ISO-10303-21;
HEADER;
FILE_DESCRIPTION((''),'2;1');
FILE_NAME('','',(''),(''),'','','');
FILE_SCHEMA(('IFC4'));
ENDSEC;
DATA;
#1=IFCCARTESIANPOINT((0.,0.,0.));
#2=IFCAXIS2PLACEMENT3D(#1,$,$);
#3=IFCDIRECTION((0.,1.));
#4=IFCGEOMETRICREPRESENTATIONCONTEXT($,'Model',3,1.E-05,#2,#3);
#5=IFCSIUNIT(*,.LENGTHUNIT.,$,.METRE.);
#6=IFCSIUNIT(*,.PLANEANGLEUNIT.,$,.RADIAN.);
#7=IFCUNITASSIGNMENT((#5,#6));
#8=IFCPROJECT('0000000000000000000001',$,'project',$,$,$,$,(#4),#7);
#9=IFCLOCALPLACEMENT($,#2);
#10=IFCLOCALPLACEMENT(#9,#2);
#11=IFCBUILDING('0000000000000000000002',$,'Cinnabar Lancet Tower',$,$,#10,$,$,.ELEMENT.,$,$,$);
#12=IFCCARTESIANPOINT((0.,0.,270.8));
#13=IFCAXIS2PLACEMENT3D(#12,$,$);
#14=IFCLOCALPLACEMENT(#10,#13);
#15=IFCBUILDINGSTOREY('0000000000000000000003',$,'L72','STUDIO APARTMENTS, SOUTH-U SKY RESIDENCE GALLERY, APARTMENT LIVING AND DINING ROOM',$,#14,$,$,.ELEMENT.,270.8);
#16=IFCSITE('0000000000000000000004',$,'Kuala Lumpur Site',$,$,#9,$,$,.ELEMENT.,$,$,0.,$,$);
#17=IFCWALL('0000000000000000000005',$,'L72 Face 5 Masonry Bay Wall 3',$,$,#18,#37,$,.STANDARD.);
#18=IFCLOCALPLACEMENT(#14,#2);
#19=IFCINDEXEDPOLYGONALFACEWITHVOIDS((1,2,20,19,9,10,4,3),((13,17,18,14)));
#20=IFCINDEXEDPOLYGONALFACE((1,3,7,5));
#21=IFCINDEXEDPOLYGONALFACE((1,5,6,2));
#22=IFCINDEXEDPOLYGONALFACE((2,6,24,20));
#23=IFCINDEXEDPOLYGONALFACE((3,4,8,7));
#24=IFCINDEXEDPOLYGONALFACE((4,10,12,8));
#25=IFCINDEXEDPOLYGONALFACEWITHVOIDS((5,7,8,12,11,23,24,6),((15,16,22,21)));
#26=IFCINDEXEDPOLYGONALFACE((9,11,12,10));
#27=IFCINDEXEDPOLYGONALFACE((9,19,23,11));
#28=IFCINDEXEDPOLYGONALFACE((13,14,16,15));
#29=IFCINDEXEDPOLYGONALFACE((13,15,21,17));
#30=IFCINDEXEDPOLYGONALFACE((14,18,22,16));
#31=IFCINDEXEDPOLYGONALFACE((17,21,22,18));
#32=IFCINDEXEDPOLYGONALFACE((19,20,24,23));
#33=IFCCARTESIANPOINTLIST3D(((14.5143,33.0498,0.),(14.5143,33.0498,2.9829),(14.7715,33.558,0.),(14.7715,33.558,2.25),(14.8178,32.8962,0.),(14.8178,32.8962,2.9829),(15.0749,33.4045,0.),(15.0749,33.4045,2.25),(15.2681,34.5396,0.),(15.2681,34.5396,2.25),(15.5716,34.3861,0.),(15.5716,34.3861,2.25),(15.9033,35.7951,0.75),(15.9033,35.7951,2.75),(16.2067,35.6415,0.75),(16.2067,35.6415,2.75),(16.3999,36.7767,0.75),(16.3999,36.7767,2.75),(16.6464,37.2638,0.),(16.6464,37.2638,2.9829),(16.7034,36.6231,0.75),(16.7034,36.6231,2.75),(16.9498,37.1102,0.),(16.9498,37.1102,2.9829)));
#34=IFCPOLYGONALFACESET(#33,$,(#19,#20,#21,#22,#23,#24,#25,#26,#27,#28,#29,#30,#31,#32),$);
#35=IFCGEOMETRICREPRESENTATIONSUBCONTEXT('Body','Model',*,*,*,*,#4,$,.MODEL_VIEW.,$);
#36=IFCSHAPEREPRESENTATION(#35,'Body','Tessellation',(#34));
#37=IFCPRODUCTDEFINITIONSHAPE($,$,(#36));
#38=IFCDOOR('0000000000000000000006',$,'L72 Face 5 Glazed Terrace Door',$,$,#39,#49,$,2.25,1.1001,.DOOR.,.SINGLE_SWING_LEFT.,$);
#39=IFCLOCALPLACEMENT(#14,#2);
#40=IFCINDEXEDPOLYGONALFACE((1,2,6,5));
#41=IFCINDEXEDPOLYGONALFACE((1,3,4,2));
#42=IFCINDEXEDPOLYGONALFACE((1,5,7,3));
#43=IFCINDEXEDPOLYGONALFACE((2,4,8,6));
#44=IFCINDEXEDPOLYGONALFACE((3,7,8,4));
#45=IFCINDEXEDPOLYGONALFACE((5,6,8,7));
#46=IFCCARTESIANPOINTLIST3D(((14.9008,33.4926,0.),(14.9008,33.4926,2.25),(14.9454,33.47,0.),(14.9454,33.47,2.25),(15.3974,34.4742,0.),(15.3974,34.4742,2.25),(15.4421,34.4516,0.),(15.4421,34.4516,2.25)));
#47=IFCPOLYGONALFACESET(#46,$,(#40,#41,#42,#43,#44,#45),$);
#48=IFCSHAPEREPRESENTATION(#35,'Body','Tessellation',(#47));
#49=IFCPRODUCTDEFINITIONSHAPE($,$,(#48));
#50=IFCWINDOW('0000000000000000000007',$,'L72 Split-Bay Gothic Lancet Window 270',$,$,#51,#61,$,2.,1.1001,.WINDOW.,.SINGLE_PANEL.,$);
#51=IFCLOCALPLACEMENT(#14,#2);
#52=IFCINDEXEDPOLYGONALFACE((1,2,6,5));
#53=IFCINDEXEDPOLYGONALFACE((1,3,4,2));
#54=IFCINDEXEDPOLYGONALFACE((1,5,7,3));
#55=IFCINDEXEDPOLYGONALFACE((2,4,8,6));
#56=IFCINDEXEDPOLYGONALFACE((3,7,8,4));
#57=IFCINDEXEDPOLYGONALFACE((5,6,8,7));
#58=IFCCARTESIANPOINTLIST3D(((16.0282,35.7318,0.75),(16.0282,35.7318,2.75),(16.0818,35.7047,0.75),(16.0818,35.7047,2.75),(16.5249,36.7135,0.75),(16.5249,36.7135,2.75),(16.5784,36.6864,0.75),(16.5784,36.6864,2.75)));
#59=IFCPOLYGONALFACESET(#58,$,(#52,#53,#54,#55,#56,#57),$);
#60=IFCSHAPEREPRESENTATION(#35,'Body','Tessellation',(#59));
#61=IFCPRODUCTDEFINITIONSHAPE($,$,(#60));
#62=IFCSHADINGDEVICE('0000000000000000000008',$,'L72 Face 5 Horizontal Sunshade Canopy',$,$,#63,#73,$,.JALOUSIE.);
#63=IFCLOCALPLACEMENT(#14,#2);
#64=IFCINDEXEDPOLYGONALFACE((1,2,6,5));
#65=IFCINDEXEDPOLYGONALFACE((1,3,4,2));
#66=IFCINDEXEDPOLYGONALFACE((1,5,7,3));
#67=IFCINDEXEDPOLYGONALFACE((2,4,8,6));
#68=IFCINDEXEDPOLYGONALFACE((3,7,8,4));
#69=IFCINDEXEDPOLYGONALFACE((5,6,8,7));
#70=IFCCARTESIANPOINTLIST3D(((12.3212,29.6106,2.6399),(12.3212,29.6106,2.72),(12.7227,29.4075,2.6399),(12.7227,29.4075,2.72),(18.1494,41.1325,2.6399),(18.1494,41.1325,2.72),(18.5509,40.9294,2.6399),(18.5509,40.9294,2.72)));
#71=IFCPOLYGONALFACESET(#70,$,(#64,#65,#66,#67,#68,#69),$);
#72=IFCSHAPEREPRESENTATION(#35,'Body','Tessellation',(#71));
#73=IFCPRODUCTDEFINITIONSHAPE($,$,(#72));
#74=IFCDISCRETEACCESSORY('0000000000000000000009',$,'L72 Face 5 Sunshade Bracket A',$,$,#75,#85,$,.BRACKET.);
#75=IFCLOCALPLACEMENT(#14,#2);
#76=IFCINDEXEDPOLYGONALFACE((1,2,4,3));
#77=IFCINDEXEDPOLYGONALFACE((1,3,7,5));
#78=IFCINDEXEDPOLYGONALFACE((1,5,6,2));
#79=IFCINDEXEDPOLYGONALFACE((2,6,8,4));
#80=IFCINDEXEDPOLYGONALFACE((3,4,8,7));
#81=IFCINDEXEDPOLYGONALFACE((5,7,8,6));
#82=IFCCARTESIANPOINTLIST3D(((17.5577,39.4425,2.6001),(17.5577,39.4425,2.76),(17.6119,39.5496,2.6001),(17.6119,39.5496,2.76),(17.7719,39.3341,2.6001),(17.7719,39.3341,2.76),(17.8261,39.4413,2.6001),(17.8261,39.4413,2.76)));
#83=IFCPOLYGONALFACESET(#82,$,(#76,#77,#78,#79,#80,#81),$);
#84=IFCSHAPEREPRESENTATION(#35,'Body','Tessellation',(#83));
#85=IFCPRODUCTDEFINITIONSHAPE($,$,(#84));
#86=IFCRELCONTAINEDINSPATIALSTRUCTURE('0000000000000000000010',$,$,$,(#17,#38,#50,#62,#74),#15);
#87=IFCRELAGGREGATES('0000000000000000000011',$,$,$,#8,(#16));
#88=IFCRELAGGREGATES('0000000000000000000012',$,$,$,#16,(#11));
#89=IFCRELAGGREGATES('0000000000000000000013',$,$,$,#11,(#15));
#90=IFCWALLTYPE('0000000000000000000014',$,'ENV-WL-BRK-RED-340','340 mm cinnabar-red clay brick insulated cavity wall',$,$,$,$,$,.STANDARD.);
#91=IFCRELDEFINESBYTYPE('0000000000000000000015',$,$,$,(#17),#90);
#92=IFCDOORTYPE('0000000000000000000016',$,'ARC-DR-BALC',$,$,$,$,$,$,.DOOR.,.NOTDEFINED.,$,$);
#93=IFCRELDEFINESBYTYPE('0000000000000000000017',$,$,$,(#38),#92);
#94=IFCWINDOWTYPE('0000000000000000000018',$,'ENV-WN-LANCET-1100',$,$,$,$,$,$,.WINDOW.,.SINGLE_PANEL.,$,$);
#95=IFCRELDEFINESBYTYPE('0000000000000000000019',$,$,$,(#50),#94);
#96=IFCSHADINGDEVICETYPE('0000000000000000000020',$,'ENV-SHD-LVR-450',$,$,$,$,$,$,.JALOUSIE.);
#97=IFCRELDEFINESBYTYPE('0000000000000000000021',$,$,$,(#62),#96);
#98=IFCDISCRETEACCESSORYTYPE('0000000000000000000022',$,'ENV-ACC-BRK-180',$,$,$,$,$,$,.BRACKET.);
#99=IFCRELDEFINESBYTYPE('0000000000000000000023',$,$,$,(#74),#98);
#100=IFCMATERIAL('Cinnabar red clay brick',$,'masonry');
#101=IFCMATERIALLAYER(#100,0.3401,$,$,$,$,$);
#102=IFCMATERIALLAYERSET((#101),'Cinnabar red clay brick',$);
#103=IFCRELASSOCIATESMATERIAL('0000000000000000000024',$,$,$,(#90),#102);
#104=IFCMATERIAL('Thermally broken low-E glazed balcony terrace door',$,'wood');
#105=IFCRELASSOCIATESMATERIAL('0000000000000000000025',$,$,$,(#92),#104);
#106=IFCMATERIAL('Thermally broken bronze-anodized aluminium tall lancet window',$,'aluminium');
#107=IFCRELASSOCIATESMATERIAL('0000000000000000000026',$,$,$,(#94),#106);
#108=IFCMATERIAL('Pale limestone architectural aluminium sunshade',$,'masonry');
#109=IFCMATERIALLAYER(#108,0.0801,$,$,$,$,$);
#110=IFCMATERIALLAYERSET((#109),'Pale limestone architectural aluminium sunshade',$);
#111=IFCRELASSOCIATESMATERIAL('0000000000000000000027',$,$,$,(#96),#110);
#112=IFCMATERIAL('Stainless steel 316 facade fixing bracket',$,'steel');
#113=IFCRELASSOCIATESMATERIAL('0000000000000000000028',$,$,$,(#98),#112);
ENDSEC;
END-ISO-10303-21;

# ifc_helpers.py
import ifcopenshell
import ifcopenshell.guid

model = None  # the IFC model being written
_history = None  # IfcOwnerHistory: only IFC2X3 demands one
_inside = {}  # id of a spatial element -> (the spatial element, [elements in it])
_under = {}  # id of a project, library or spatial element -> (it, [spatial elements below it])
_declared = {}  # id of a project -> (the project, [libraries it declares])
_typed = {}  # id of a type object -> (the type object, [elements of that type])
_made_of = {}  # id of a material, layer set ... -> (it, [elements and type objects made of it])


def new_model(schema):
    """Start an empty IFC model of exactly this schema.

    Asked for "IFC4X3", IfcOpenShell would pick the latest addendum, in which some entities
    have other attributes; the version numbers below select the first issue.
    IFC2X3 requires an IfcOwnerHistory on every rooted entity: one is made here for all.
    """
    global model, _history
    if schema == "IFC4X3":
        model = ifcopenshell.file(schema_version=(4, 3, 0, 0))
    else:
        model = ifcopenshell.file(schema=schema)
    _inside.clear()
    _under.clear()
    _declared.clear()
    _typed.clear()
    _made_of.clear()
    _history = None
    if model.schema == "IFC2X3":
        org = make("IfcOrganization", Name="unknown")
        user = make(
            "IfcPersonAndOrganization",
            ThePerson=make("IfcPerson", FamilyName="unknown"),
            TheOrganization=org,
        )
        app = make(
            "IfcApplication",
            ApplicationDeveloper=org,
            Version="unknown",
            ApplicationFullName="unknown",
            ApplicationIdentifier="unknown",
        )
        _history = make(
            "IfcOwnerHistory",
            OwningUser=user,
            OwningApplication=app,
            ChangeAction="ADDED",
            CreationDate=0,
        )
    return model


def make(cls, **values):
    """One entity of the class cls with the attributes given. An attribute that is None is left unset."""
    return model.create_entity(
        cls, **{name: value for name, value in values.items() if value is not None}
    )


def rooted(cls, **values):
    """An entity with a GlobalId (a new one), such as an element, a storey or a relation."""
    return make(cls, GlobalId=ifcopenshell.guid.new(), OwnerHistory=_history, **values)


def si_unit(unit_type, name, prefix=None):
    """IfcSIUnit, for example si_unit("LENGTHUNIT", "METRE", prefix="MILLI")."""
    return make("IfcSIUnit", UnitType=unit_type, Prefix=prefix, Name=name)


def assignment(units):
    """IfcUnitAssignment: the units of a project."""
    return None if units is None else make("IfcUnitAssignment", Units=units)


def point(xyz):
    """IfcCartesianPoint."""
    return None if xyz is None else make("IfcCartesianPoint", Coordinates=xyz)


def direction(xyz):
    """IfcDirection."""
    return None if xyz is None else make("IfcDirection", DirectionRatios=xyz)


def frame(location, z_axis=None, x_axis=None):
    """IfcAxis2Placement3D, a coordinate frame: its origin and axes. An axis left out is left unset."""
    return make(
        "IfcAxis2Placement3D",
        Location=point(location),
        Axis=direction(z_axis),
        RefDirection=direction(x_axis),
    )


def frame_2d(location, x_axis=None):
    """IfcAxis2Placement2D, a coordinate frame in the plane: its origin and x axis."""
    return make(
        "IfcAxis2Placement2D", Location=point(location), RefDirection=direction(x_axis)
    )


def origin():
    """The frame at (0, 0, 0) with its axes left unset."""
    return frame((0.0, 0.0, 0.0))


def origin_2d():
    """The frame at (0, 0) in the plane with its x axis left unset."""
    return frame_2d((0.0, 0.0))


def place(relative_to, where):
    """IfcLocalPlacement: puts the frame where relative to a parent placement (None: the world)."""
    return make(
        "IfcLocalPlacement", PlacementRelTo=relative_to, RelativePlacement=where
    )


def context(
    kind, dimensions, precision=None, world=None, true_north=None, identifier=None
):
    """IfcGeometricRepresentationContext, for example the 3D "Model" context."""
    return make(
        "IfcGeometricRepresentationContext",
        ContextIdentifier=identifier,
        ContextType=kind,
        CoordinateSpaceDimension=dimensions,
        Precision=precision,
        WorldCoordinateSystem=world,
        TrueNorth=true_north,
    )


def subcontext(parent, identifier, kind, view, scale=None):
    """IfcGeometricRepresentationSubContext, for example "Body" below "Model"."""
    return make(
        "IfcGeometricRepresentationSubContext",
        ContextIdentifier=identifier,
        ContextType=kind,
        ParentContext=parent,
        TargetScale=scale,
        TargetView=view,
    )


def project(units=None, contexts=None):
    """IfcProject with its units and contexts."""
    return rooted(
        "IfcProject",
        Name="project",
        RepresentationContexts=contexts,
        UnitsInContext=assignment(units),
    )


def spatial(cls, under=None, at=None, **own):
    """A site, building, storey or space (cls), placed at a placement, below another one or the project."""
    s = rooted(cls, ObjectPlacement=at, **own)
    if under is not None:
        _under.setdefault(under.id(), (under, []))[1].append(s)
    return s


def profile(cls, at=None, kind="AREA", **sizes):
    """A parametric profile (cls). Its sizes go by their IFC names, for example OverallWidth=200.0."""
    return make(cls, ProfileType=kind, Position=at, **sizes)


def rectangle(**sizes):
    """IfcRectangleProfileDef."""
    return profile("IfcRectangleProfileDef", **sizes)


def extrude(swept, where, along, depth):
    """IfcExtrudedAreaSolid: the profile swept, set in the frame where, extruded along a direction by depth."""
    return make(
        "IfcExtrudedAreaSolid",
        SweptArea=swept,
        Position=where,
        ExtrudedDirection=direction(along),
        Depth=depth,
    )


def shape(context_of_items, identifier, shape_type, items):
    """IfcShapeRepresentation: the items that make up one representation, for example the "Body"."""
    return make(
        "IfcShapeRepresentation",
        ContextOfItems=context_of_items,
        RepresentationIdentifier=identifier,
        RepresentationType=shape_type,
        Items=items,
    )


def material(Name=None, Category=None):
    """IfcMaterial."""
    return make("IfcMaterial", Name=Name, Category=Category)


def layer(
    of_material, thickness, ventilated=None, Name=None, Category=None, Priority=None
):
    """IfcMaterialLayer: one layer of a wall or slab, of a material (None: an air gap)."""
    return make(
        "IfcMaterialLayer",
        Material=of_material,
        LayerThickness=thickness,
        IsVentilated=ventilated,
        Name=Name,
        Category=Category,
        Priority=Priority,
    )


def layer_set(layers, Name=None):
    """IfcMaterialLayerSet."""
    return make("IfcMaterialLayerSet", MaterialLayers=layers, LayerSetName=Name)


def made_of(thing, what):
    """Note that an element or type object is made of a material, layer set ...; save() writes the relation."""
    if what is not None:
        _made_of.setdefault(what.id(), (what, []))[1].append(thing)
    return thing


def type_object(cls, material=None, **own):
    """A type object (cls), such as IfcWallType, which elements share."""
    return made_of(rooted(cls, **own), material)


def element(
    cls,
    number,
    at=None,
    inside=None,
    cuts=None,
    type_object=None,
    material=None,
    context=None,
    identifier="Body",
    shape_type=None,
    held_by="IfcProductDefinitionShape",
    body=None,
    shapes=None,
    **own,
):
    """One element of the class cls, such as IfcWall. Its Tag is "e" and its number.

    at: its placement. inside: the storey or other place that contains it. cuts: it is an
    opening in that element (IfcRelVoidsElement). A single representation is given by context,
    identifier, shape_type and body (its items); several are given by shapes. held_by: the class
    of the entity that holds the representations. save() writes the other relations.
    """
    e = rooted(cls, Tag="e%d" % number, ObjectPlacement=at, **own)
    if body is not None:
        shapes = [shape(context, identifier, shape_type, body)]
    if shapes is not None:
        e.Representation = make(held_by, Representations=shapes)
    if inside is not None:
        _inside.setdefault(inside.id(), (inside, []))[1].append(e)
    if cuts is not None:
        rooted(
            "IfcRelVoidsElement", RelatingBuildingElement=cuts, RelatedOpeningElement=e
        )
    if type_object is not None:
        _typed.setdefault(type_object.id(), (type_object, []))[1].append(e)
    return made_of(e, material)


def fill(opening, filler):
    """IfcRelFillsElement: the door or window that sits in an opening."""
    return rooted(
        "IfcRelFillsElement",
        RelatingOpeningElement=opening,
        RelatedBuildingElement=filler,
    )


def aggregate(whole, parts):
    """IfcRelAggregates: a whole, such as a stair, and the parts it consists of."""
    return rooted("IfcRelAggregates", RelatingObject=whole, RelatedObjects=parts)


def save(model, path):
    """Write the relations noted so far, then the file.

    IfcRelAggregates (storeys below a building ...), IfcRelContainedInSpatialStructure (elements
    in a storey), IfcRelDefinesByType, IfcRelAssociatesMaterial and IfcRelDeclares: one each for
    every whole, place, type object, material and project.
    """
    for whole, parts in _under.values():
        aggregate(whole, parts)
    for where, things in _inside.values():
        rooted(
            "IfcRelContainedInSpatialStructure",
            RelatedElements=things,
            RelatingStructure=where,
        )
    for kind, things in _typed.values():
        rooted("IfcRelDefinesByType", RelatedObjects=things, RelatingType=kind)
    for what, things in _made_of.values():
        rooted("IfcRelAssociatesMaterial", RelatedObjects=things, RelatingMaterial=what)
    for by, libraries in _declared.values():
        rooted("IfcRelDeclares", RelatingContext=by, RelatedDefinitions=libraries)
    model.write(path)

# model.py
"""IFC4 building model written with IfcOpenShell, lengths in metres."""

from ifc_helpers import new_model, si_unit, direction, frame, frame_2d, origin, origin_2d, place, context, subcontext, project, spatial, rectangle, extrude, material, layer, layer_set, type_object, element, fill, save


model = new_model("IFC4")

# Units and contexts
model_context = context("Model", 3, precision=1e-05, world=origin(), true_north=direction((0.0, 1.0)))
body_context = subcontext(model_context, "Body", "Model", "MODEL_VIEW")
ifc_project = project(units=[si_unit("LENGTHUNIT", "METRE"), si_unit("PLANEANGLEUNIT", "RADIAN")], contexts=[model_context])

# Site, building, storey
site_placement = place(None, origin())
site = spatial("IfcSite", under=ifc_project, at=site_placement, Name="Kuala Lumpur Site", CompositionType="ELEMENT", RefElevation=0.0)
building_placement = place(site_placement, origin())
building = spatial("IfcBuilding", under=site, at=building_placement, Name="Cinnabar Lancet Tower", CompositionType="ELEMENT")
storey_placement = place(building_placement, frame((0.0, 0.0, 270.8)))
storey = spatial("IfcBuildingStorey", under=building, at=storey_placement, Name="L72", Description="STUDIO APARTMENTS, SOUTH-U SKY RESIDENCE GALLERY, APARTMENT LIVING AND DINING ROOM", CompositionType="ELEMENT", Elevation=270.8)

# Shared definitions
ifc_material_1 = material(Name="Cinnabar red clay brick", Category="masonry")
ifc_layer_1 = layer(ifc_material_1, 0.3401)
ifc_layer_set_1 = layer_set([ifc_layer_1], Name="Cinnabar red clay brick")
wall_type_1 = type_object("IfcWallType", Name="ENV-WL-BRK-RED-340", Description="340 mm cinnabar-red clay brick insulated cavity wall", PredefinedType="STANDARD", material=ifc_layer_set_1)

# Wall, openings, door, window
wall_1_placement = place(storey_placement, frame((16.7981, 37.187, 0.0), z_axis=(0.0, 0.0, 1.0), x_axis=(-0.451448, -0.892298, 0.0)))
wall_1 = element("IfcWall", 1, at=wall_1_placement, inside=storey, type_object=wall_type_1, Name="L72 Face 5 Masonry Bay Wall 3", PredefinedType="STANDARD", context=body_context, shape_type="SweptSolid", body=[
    extrude(rectangle(XDim=4.7227, YDim=0.3401, at=frame_2d((2.3613, 0.0))), origin(), (0.0, 0.0, 1.0), 2.9829),
])
opening_1_placement = place(wall_1_placement, frame((3.053, 0.0, 0.0)))
opening_1 = element("IfcOpeningElement", 2, at=opening_1_placement, cuts=wall_1, PredefinedType="OPENING", context=body_context, shape_type="SweptSolid", body=[
    extrude(rectangle(XDim=1.1001, YDim=2.25, at=frame_2d((0.55, 1.125))), frame((0.0, 0.1799, 0.0), z_axis=(0.0, -1.0, 0.0), x_axis=(1.0, 0.0, 0.0)), (0.0, 0.0, 1.0), 0.3601),
])
opening_2_placement = place(wall_1_placement, frame((0.5459, 0.0, 0.75)))
opening_2 = element("IfcOpeningElement", 3, at=opening_2_placement, cuts=wall_1, PredefinedType="OPENING", context=body_context, shape_type="SweptSolid", body=[
    extrude(rectangle(XDim=1.1001, YDim=2.0, at=frame_2d((0.55, 1.0))), frame((0.0, 0.1799, 0.0), z_axis=(0.0, -1.0, 0.0), x_axis=(1.0, 0.0, 0.0)), (0.0, 0.0, 1.0), 0.3601),
])
ifc_material_2 = material(Name="Thermally broken low-E glazed balcony terrace door", Category="wood")
door_type_1 = type_object("IfcDoorType", Name="ARC-DR-BALC", OperationType="NOTDEFINED", PredefinedType="DOOR", material=ifc_material_2)
door_1_placement = place(opening_1_placement, origin())
door_1 = element("IfcDoor", 4, at=door_1_placement, inside=storey, type_object=door_type_1, Name="L72 Face 5 Glazed Terrace Door", OperationType="SINGLE_SWING_LEFT", OverallHeight=2.25, OverallWidth=1.1001, PredefinedType="DOOR", context=body_context, shape_type="SweptSolid", body=[
    extrude(rectangle(XDim=1.1001, YDim=2.25, at=frame_2d((0.55, 1.125))), frame((0.0, 0.0249, 0.0), z_axis=(0.0, -1.0, 0.0), x_axis=(1.0, 0.0, 0.0)), (0.0, 0.0, 1.0), 0.05),
])
fill(opening_1, door_1)
ifc_material_3 = material(Name="Thermally broken bronze-anodized aluminium tall lancet window", Category="aluminium")
window_type_1 = type_object("IfcWindowType", Name="ENV-WN-LANCET-1100", PartitioningType="SINGLE_PANEL", PredefinedType="WINDOW", material=ifc_material_3)
window_1_placement = place(opening_2_placement, origin())
window_1 = element("IfcWindow", 5, at=window_1_placement, inside=storey, type_object=window_type_1, Name="L72 Split-Bay Gothic Lancet Window 270", OverallHeight=2.0, OverallWidth=1.1001, PartitioningType="SINGLE_PANEL", PredefinedType="WINDOW", context=body_context, shape_type="SweptSolid", body=[
    extrude(rectangle(XDim=1.1001, YDim=2.0, at=frame_2d((0.55, 1.0))), frame((0.0, 0.03, 0.0), z_axis=(0.0, -1.0, 0.0), x_axis=(1.0, 0.0, 0.0)), (0.0, 0.0, 1.0), 0.0601),
])
fill(opening_2, window_1)

# Shading device
ifc_material_4 = material(Name="Pale limestone architectural aluminium sunshade", Category="masonry")
ifc_layer_2 = layer(ifc_material_4, 0.0801)
ifc_layer_set_2 = layer_set([ifc_layer_2], Name="Pale limestone architectural aluminium sunshade")
shading_device_type = type_object("IfcShadingDeviceType", Name="ENV-SHD-LVR-450", PredefinedType="JALOUSIE", material=ifc_layer_set_2)
shading_device_placement = place(storey_placement, frame((15.436, 35.27, 2.6399), z_axis=(0.0, 0.0, 1.0), x_axis=(-0.451376, -0.892334, 0.0)))
element("IfcShadingDevice", 6, at=shading_device_placement, inside=storey, type_object=shading_device_type, Name="L72 Face 5 Horizontal Sunshade Canopy", PredefinedType="JALOUSIE", context=body_context, shape_type="SweptSolid", body=[
    extrude(rectangle(XDim=12.9121, YDim=0.45, at=origin_2d()), origin(), (0.0, 0.0, 1.0), 0.0801),
])

# Discrete accessory
ifc_material_5 = material(Name="Stainless steel 316 facade fixing bracket", Category="steel")
discrete_accessory_type = type_object("IfcDiscreteAccessoryType", Name="ENV-ACC-BRK-180", PredefinedType="BRACKET", material=ifc_material_5)
discrete_accessory_placement = place(storey_placement, frame((17.6919, 39.4419, 2.6001), z_axis=(0.0, 0.0, 1.0), x_axis=(-0.451376, -0.892334, 0.0)))
element("IfcDiscreteAccessory", 7, at=discrete_accessory_placement, inside=storey, type_object=discrete_accessory_type, Name="L72 Face 5 Sunshade Bracket A", PredefinedType="BRACKET", context=body_context, shape_type="SweptSolid", body=[
    extrude(rectangle(XDim=0.1201, YDim=0.24, at=origin_2d()), origin(), (0.0, 0.0, 1.0), 0.1599),
])

save(model, "model.ifc")
